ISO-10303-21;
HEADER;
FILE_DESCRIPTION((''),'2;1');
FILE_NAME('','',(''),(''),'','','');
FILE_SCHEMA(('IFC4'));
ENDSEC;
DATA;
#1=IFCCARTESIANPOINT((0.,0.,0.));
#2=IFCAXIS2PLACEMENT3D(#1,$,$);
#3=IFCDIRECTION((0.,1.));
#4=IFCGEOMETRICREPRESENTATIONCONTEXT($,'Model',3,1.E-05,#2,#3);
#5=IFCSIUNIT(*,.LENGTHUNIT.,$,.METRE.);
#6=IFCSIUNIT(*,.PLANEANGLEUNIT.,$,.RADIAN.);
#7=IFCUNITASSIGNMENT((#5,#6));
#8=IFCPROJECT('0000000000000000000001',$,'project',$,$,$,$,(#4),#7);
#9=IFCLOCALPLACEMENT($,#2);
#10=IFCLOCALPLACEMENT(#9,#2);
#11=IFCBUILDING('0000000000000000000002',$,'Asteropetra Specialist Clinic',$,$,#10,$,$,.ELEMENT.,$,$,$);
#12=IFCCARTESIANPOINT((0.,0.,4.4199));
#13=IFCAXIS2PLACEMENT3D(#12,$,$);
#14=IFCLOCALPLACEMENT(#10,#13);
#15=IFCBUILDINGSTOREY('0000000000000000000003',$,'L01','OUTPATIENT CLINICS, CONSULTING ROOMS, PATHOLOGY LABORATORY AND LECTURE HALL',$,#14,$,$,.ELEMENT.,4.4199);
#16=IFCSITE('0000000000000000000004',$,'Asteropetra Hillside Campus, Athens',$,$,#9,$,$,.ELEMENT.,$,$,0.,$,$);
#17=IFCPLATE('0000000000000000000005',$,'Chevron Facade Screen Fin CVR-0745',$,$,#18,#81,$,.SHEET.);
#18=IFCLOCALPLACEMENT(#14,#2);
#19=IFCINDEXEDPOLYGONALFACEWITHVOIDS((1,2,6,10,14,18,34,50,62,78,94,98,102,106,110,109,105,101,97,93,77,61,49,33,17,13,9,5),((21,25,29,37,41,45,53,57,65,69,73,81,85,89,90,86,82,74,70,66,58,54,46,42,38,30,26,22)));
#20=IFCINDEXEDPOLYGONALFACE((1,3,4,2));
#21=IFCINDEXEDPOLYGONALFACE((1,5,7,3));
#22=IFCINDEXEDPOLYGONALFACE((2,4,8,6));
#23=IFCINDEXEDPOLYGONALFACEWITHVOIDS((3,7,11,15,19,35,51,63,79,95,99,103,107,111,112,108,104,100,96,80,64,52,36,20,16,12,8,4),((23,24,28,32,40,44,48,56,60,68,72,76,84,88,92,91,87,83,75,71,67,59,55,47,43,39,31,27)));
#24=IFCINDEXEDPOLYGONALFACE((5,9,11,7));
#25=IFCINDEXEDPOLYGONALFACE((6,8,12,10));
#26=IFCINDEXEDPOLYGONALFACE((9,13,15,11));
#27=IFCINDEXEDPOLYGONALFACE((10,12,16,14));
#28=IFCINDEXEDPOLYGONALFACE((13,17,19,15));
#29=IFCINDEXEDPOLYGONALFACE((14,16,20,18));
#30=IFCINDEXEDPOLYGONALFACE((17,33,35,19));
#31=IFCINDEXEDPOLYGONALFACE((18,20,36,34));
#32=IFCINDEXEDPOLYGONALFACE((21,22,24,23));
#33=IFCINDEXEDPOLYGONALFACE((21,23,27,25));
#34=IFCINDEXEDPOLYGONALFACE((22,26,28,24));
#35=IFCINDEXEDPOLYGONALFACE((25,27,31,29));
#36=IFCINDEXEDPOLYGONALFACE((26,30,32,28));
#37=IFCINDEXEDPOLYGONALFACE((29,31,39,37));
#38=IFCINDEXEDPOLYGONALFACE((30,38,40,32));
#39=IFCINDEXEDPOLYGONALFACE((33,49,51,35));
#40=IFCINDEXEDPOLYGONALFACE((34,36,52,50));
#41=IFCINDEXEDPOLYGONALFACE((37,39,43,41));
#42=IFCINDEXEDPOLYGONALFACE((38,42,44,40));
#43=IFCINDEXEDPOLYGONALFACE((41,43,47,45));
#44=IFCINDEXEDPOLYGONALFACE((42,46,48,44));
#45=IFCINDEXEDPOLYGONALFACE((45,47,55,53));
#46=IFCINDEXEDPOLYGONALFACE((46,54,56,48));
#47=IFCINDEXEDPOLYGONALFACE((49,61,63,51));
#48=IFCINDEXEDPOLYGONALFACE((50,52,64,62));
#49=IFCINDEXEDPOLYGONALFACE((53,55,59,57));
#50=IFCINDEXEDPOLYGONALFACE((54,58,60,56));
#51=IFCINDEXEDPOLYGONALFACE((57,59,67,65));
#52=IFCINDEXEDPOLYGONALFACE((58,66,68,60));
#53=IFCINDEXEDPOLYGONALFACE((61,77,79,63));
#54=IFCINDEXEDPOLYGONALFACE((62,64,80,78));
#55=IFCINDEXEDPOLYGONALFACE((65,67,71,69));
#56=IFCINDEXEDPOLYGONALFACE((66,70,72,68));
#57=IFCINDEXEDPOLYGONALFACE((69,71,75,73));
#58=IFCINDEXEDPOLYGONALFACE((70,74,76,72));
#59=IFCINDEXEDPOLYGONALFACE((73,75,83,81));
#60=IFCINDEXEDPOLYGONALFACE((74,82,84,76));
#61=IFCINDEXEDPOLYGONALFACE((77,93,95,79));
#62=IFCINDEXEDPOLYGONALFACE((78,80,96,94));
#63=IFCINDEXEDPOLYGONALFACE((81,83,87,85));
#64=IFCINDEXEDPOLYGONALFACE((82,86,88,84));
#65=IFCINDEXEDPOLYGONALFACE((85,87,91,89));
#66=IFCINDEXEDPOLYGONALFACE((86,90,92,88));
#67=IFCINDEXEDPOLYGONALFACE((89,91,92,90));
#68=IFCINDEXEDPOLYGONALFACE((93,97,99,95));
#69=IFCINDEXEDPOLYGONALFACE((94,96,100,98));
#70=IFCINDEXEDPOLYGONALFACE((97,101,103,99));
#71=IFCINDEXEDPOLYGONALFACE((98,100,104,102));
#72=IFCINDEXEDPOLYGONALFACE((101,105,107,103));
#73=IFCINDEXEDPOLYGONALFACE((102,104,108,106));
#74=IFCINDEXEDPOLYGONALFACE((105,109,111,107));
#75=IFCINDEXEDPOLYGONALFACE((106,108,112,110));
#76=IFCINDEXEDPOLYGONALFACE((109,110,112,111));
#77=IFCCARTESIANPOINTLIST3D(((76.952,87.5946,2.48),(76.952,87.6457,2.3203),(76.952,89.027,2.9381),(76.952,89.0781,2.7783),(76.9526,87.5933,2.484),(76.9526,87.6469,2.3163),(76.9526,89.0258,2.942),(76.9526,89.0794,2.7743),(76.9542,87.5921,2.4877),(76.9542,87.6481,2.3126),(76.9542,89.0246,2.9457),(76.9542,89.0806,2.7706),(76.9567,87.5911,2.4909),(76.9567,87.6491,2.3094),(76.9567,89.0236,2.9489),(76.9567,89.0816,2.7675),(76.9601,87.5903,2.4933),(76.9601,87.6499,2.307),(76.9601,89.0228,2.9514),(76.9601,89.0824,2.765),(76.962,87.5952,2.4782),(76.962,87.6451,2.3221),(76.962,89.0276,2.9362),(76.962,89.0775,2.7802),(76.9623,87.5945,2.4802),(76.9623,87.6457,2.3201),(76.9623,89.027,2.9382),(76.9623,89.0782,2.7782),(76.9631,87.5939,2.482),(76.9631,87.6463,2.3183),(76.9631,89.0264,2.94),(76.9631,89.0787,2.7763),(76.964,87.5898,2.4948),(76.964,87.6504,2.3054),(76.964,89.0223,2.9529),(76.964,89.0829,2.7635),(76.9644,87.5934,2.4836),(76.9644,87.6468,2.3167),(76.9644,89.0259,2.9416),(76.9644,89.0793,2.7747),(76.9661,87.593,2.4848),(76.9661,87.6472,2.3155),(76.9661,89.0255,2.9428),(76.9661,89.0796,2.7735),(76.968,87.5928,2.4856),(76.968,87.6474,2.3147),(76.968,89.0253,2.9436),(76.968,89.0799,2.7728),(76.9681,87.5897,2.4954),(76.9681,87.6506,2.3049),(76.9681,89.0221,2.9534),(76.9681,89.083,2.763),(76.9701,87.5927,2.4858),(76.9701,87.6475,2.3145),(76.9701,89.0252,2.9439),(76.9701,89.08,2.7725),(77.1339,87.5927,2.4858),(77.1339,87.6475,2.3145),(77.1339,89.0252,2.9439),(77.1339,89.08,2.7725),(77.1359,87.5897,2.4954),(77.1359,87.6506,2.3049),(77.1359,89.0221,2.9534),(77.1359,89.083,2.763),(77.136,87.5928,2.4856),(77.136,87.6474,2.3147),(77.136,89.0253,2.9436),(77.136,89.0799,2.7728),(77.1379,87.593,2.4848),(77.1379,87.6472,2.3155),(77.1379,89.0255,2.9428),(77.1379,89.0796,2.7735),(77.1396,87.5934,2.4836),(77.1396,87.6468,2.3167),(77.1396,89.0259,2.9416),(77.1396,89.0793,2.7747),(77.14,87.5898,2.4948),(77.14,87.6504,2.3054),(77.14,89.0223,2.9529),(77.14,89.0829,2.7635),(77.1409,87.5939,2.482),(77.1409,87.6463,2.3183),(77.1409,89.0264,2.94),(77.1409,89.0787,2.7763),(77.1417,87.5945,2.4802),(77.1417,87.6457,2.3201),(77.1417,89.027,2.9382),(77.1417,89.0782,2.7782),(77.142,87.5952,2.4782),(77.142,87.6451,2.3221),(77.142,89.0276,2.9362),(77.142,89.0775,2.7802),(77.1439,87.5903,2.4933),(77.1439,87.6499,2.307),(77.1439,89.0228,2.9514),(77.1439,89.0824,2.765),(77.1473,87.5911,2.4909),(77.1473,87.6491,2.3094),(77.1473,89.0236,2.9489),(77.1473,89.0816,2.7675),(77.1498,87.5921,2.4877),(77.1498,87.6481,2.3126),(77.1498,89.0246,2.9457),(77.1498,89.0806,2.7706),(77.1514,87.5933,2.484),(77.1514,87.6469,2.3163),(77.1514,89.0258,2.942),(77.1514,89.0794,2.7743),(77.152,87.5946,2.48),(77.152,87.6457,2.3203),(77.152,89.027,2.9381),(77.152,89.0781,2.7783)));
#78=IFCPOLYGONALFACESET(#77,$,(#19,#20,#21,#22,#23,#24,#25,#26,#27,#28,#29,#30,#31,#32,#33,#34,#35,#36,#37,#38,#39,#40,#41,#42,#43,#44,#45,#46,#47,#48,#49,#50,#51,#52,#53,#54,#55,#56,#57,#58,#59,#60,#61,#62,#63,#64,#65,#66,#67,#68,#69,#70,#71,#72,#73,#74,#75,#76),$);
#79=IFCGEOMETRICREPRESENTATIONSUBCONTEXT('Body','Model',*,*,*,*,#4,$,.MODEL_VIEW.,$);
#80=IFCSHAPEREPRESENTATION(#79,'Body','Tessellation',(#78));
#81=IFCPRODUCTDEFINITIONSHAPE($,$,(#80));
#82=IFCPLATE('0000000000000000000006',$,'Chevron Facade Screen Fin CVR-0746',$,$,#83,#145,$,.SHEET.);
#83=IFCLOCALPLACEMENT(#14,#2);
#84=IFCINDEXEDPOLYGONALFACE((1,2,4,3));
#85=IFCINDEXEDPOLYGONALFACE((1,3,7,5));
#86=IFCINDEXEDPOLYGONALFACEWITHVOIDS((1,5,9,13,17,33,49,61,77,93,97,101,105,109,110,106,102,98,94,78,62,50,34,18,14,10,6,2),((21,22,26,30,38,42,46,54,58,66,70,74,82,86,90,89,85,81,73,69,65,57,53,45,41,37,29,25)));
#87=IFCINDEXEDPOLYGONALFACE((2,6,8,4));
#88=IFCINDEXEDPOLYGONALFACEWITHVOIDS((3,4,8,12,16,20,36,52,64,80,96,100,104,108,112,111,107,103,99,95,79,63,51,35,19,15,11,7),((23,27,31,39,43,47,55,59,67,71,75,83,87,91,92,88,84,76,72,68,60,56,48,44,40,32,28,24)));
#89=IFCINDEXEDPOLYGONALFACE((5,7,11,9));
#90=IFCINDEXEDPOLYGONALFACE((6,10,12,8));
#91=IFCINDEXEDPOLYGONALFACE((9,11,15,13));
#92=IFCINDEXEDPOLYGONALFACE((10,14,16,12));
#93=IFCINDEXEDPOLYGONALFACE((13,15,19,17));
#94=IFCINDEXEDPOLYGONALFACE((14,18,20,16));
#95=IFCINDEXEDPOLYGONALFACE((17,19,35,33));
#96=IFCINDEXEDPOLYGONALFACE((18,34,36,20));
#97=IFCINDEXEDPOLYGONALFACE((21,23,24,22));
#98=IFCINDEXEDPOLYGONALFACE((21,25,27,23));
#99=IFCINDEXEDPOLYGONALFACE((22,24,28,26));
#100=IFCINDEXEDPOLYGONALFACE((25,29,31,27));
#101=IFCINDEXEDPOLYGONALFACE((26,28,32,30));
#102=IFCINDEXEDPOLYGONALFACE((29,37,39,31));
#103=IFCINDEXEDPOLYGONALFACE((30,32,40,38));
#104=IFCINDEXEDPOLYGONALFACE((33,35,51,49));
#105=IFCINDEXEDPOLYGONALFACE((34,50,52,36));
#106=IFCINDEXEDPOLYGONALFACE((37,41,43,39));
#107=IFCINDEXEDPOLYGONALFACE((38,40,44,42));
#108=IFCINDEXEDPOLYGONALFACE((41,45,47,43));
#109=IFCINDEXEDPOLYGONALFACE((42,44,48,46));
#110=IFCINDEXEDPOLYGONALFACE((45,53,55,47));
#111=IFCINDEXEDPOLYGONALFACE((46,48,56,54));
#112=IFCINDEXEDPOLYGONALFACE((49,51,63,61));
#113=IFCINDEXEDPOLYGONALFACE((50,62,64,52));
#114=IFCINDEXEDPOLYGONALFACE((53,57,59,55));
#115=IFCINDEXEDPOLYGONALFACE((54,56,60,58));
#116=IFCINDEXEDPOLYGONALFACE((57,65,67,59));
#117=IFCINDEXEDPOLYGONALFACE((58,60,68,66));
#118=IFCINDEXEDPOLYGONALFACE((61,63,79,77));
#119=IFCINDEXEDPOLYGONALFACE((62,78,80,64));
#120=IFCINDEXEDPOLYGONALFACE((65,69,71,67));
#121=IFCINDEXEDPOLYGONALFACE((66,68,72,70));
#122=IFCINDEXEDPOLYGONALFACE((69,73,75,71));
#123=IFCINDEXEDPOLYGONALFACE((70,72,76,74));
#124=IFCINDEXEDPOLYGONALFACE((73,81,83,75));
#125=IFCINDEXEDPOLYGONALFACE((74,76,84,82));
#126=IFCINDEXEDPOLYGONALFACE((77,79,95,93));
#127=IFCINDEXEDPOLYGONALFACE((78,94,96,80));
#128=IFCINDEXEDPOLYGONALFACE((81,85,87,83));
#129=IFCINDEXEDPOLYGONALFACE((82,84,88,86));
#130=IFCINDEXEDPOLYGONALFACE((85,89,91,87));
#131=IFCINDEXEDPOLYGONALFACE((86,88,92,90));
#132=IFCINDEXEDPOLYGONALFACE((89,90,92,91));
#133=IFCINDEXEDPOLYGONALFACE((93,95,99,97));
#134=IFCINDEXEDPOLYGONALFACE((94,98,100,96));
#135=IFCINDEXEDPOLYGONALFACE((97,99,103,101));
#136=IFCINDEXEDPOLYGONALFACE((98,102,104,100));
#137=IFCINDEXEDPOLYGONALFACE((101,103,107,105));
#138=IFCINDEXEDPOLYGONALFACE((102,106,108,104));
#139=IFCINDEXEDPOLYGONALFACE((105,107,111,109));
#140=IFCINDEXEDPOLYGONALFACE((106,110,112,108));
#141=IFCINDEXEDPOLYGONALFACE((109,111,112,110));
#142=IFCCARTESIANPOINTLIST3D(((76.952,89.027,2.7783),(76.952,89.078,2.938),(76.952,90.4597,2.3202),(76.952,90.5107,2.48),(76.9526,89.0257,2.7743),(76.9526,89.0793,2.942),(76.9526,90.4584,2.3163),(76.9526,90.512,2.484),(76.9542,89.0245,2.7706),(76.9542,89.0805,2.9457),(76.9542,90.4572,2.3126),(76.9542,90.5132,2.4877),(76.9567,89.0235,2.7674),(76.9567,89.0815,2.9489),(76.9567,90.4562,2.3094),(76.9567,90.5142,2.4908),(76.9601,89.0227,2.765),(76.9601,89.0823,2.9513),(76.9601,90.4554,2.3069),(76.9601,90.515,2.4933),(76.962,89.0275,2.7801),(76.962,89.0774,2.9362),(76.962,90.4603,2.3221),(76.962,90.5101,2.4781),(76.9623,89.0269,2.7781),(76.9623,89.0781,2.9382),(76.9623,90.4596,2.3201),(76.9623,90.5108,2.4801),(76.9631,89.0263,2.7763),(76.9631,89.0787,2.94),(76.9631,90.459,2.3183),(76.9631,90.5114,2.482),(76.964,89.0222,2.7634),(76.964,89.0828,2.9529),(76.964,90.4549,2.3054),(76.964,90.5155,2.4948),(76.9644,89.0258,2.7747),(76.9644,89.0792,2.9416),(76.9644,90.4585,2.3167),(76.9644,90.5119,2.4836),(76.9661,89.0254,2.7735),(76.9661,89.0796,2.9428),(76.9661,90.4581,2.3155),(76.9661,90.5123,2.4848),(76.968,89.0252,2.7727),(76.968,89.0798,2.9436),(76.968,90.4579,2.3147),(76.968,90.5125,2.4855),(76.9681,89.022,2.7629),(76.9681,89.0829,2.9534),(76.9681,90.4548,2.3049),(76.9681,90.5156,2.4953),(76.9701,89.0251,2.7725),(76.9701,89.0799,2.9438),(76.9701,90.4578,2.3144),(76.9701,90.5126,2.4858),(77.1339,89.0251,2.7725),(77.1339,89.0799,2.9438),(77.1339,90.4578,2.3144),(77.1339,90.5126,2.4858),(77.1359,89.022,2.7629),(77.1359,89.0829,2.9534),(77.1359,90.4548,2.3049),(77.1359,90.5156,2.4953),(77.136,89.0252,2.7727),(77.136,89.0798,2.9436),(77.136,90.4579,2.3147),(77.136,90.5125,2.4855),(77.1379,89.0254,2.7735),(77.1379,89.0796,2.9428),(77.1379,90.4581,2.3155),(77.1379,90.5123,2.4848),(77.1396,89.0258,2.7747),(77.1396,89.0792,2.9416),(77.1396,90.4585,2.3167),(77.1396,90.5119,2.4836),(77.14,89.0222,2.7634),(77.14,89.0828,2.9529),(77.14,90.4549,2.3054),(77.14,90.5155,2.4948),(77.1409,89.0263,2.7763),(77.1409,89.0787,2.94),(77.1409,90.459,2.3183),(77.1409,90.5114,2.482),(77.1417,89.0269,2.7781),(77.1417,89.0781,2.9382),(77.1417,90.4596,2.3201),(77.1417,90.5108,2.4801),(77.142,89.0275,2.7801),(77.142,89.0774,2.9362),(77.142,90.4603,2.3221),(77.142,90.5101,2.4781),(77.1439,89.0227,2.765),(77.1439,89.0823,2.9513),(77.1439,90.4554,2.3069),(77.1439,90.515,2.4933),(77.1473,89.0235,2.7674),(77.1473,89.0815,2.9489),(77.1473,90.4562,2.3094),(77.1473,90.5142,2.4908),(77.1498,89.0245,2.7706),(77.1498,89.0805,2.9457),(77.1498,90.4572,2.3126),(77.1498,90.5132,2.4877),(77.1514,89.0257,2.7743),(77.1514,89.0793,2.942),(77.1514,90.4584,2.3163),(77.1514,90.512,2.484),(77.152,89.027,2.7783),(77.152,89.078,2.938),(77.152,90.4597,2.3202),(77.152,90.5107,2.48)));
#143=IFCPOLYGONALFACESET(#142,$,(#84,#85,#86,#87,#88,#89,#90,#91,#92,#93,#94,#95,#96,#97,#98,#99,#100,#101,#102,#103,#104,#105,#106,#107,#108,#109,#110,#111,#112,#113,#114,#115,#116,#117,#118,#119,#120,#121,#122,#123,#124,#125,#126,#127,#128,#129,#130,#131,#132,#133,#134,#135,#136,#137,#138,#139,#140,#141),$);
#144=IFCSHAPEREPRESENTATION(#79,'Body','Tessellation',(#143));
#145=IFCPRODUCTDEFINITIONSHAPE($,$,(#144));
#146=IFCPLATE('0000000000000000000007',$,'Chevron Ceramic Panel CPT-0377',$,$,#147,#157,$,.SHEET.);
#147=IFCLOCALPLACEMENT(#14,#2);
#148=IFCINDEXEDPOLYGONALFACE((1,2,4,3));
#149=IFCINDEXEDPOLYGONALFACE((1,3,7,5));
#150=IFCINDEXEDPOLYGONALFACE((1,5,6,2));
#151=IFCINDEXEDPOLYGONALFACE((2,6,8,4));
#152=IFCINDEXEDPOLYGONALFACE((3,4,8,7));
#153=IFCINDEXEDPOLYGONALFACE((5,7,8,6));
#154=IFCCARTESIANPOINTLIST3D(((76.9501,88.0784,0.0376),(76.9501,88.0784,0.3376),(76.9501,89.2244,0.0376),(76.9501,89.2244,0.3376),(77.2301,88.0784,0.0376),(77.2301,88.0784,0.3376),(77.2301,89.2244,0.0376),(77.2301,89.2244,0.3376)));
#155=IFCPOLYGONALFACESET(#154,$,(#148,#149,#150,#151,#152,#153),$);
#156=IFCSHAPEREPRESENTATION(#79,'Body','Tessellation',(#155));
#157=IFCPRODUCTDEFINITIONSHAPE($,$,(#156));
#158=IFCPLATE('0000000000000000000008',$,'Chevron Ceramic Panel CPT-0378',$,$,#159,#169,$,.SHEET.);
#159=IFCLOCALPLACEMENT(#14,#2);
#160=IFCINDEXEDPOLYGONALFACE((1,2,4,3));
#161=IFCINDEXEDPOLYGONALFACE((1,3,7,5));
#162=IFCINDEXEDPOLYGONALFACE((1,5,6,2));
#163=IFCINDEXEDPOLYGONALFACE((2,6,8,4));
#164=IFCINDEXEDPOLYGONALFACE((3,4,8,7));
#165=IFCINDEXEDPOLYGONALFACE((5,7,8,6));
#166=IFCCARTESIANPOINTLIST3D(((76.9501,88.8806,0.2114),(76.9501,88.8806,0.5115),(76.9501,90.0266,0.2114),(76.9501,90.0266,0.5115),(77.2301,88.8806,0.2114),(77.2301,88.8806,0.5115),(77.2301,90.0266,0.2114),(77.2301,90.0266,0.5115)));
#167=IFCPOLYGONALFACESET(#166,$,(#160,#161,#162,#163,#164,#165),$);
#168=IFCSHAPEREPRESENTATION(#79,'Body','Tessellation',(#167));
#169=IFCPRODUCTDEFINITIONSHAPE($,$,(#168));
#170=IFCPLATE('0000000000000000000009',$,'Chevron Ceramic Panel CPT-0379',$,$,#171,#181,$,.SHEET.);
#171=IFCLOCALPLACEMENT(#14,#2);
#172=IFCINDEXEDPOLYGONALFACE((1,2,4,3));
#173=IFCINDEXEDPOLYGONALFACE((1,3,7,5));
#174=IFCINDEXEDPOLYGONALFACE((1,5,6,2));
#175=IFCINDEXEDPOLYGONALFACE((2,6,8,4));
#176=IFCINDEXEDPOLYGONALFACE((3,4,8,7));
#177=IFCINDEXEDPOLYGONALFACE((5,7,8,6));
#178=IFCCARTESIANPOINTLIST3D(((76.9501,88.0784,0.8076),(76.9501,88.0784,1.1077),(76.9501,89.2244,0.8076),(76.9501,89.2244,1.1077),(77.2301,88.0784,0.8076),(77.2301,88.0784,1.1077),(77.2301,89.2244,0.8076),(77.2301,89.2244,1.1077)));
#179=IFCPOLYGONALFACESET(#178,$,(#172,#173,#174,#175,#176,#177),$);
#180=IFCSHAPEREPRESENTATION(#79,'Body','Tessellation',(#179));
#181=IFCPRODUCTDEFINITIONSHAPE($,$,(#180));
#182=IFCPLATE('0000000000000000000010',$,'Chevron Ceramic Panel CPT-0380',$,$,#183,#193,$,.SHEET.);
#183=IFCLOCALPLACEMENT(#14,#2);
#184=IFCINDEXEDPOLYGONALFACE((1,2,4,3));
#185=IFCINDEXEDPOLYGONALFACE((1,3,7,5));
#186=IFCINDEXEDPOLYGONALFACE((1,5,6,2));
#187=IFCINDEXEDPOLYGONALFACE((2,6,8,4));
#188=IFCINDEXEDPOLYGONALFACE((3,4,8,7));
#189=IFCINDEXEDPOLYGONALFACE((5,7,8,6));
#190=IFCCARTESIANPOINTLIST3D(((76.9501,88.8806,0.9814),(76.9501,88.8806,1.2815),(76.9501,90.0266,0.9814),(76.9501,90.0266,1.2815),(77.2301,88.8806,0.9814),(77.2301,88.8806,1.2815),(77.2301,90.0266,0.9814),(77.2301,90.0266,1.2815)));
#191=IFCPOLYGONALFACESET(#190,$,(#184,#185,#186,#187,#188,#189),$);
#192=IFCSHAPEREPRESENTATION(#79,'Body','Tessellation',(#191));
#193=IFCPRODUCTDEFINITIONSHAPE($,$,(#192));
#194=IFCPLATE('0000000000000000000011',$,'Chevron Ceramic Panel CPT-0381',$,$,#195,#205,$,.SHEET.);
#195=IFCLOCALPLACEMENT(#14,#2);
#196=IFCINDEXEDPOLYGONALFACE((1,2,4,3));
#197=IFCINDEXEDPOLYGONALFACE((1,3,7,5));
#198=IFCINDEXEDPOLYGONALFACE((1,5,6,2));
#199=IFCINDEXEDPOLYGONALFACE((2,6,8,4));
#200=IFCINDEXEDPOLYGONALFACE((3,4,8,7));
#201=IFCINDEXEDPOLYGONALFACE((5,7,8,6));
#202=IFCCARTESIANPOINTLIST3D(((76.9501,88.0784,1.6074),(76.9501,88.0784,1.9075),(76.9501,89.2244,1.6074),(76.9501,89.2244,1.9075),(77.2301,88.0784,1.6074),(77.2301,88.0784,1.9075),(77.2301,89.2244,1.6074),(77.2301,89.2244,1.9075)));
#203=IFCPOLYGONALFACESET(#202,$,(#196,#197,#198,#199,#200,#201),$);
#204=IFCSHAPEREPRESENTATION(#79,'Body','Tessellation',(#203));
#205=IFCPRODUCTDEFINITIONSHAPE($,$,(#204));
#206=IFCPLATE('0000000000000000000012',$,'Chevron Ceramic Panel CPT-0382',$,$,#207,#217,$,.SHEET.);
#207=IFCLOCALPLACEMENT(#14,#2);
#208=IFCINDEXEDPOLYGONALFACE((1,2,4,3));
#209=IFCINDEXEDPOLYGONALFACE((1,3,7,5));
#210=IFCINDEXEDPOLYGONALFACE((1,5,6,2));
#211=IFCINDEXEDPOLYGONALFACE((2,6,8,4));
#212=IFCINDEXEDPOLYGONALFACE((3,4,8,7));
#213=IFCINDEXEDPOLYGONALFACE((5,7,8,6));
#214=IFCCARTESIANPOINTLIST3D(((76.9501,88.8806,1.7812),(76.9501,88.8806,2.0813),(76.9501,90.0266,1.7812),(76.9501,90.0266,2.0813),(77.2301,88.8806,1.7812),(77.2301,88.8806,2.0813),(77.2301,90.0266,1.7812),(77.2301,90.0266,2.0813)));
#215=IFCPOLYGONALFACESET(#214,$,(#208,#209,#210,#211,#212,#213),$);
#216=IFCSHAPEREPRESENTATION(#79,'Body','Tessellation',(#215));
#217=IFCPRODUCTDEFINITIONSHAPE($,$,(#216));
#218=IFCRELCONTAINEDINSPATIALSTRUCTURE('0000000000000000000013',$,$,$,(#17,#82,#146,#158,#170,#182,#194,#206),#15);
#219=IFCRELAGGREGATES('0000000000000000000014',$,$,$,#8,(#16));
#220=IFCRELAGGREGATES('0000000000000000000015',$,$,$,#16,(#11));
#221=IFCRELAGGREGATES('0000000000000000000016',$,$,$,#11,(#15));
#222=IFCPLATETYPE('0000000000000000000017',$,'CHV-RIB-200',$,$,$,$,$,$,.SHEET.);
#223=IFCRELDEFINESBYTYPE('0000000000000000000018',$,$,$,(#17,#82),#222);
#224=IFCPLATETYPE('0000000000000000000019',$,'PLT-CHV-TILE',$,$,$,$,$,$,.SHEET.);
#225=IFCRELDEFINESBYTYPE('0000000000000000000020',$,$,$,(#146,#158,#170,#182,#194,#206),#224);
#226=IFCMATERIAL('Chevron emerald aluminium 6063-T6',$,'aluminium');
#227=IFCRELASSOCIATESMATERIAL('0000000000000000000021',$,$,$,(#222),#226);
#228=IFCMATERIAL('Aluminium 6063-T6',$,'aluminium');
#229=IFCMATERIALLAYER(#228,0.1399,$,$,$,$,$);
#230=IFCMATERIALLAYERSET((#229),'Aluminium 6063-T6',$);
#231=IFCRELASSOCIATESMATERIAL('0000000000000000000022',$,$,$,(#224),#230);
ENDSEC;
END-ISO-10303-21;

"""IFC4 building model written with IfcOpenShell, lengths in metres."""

from ifc_helpers import new_model, si_unit, direction, frame, origin, origin_2d, place, context, subcontext, project, spatial, rectangle, hollow_rectangle, extrude, material, layer, layer_set, material_profile, profile_set, type_object, element, save


model = new_model("IFC4")

# Units and contexts
model_context = context("Model", 3, precision=1e-05, world=origin(), true_north=direction((0.0, 1.0)))
body_context = subcontext(model_context, "Body", "Model", "MODEL_VIEW")
ifc_project = project(units=[si_unit("LENGTHUNIT", "METRE"), si_unit("PLANEANGLEUNIT", "RADIAN")], contexts=[model_context])

# Site, building, storey
site_placement = place(None, origin())
site = spatial("IfcSite", under=ifc_project, at=site_placement, Name="Asteropetra Hillside Campus, Athens", CompositionType="ELEMENT", RefElevation=0.0)
building_placement = place(site_placement, origin())
building = spatial("IfcBuilding", under=site, at=building_placement, Name="Asteropetra Specialist Clinic", CompositionType="ELEMENT")
storey_placement = place(building_placement, frame((0.0, 0.0, 4.4199)))
storey = spatial("IfcBuildingStorey", under=building, at=storey_placement, Name="L01", Description="OUTPATIENT CLINICS, CONSULTING ROOMS, PATHOLOGY LABORATORY AND LECTURE HALL", CompositionType="ELEMENT", Elevation=4.4199)

# Plates
ifc_material_1 = material(Name="Chevron emerald aluminium 6063-T6", Category="aluminium")
ifc_material_profile_1 = material_profile(ifc_material_1, hollow_rectangle(XDim=0.2, YDim=0.2, WallThickness=0.01, InnerFilletRadius=0.0081, OuterFilletRadius=0.0161, at=origin_2d()), Name="SHS 200x200x10.0")
ifc_profile_set_1 = profile_set([ifc_material_profile_1], Name="Chevron emerald aluminium 6063-T6")
plate_type_1 = type_object("IfcPlateType", Name="CHV-RIB-200", PredefinedType="SHEET", material=ifc_profile_set_1)
plate_1_placement = place(storey_placement, frame((77.052, 87.6201, 2.4001), z_axis=(0.0, 0.952492, 0.304564), x_axis=(-1.0, 0.0, 0.0)))
element("IfcPlate", 1, at=plate_1_placement, inside=storey, type_object=plate_type_1, Name="Chevron Facade Screen Fin CVR-0745", PredefinedType="SHEET", context=body_context, shape_type="SweptSolid", body=[
    extrude(hollow_rectangle(XDim=0.2, YDim=0.2, WallThickness=0.01, InnerFilletRadius=0.0081, OuterFilletRadius=0.0161, at=origin_2d()), origin(), (0.0, 0.0, 1.0), 1.5039),
])
plate_2_placement = place(storey_placement, frame((77.052, 89.0525, 2.8582), z_axis=(0.0, 0.952507, -0.304517), x_axis=(-1.0, 0.0, 0.0)))
element("IfcPlate", 2, at=plate_2_placement, inside=storey, type_object=plate_type_1, Name="Chevron Facade Screen Fin CVR-0746", PredefinedType="SHEET", context=body_context, shape_type="SweptSolid", body=[
    extrude(hollow_rectangle(XDim=0.2, YDim=0.2, WallThickness=0.01, InnerFilletRadius=0.0081, OuterFilletRadius=0.0161, at=origin_2d()), origin(), (0.0, 0.0, 1.0), 1.5042),
])
ifc_material_2 = material(Name="Aluminium 6063-T6", Category="aluminium")
ifc_layer_1 = layer(ifc_material_2, 0.1399)
ifc_layer_set_1 = layer_set([ifc_layer_1], Name="Aluminium 6063-T6")
plate_type_2 = type_object("IfcPlateType", Name="PLT-CHV-TILE", PredefinedType="SHEET", material=ifc_layer_set_1)
for number, where, z_axis, x_axis, name in (
    (3, (77.0901, 88.6514, 0.0376), (0.0, 0.0, 1.0), (1.0, 0.0, 0.0), "Chevron Ceramic Panel CPT-0377"),
    (4, (77.0901, 89.4536, 0.2114), (0.0, 0.0, 1.0), (1.0, 0.0, 0.0), "Chevron Ceramic Panel CPT-0378"),
    (5, (77.0901, 88.6514, 0.8076), (0.0, 0.0, 1.0), (1.0, 0.0, 0.0), "Chevron Ceramic Panel CPT-0379"),
    (6, (77.0901, 89.4536, 0.9814), (0.0, 0.0, 1.0), (1.0, 0.0, 0.0), "Chevron Ceramic Panel CPT-0380"),
    (7, (77.0901, 88.6514, 1.6074), (0.0, 0.0, 1.0), (1.0, 0.0, 0.0), "Chevron Ceramic Panel CPT-0381"),
    (8, (77.0901, 89.4536, 1.7812), (0.0, 0.0, 1.0), (1.0, 0.0, 0.0), "Chevron Ceramic Panel CPT-0382"),
):
    element("IfcPlate", number, at=place(storey_placement, frame(where, z_axis=z_axis, x_axis=x_axis)), inside=storey, type_object=plate_type_2, Name=name, PredefinedType="SHEET", context=body_context, shape_type="SweptSolid", body=[
        extrude(rectangle(XDim=0.28, YDim=1.146, at=origin_2d()), origin(), (0.0, 0.0, 1.0), 0.3),
    ])

save(model, "model.ifc")
